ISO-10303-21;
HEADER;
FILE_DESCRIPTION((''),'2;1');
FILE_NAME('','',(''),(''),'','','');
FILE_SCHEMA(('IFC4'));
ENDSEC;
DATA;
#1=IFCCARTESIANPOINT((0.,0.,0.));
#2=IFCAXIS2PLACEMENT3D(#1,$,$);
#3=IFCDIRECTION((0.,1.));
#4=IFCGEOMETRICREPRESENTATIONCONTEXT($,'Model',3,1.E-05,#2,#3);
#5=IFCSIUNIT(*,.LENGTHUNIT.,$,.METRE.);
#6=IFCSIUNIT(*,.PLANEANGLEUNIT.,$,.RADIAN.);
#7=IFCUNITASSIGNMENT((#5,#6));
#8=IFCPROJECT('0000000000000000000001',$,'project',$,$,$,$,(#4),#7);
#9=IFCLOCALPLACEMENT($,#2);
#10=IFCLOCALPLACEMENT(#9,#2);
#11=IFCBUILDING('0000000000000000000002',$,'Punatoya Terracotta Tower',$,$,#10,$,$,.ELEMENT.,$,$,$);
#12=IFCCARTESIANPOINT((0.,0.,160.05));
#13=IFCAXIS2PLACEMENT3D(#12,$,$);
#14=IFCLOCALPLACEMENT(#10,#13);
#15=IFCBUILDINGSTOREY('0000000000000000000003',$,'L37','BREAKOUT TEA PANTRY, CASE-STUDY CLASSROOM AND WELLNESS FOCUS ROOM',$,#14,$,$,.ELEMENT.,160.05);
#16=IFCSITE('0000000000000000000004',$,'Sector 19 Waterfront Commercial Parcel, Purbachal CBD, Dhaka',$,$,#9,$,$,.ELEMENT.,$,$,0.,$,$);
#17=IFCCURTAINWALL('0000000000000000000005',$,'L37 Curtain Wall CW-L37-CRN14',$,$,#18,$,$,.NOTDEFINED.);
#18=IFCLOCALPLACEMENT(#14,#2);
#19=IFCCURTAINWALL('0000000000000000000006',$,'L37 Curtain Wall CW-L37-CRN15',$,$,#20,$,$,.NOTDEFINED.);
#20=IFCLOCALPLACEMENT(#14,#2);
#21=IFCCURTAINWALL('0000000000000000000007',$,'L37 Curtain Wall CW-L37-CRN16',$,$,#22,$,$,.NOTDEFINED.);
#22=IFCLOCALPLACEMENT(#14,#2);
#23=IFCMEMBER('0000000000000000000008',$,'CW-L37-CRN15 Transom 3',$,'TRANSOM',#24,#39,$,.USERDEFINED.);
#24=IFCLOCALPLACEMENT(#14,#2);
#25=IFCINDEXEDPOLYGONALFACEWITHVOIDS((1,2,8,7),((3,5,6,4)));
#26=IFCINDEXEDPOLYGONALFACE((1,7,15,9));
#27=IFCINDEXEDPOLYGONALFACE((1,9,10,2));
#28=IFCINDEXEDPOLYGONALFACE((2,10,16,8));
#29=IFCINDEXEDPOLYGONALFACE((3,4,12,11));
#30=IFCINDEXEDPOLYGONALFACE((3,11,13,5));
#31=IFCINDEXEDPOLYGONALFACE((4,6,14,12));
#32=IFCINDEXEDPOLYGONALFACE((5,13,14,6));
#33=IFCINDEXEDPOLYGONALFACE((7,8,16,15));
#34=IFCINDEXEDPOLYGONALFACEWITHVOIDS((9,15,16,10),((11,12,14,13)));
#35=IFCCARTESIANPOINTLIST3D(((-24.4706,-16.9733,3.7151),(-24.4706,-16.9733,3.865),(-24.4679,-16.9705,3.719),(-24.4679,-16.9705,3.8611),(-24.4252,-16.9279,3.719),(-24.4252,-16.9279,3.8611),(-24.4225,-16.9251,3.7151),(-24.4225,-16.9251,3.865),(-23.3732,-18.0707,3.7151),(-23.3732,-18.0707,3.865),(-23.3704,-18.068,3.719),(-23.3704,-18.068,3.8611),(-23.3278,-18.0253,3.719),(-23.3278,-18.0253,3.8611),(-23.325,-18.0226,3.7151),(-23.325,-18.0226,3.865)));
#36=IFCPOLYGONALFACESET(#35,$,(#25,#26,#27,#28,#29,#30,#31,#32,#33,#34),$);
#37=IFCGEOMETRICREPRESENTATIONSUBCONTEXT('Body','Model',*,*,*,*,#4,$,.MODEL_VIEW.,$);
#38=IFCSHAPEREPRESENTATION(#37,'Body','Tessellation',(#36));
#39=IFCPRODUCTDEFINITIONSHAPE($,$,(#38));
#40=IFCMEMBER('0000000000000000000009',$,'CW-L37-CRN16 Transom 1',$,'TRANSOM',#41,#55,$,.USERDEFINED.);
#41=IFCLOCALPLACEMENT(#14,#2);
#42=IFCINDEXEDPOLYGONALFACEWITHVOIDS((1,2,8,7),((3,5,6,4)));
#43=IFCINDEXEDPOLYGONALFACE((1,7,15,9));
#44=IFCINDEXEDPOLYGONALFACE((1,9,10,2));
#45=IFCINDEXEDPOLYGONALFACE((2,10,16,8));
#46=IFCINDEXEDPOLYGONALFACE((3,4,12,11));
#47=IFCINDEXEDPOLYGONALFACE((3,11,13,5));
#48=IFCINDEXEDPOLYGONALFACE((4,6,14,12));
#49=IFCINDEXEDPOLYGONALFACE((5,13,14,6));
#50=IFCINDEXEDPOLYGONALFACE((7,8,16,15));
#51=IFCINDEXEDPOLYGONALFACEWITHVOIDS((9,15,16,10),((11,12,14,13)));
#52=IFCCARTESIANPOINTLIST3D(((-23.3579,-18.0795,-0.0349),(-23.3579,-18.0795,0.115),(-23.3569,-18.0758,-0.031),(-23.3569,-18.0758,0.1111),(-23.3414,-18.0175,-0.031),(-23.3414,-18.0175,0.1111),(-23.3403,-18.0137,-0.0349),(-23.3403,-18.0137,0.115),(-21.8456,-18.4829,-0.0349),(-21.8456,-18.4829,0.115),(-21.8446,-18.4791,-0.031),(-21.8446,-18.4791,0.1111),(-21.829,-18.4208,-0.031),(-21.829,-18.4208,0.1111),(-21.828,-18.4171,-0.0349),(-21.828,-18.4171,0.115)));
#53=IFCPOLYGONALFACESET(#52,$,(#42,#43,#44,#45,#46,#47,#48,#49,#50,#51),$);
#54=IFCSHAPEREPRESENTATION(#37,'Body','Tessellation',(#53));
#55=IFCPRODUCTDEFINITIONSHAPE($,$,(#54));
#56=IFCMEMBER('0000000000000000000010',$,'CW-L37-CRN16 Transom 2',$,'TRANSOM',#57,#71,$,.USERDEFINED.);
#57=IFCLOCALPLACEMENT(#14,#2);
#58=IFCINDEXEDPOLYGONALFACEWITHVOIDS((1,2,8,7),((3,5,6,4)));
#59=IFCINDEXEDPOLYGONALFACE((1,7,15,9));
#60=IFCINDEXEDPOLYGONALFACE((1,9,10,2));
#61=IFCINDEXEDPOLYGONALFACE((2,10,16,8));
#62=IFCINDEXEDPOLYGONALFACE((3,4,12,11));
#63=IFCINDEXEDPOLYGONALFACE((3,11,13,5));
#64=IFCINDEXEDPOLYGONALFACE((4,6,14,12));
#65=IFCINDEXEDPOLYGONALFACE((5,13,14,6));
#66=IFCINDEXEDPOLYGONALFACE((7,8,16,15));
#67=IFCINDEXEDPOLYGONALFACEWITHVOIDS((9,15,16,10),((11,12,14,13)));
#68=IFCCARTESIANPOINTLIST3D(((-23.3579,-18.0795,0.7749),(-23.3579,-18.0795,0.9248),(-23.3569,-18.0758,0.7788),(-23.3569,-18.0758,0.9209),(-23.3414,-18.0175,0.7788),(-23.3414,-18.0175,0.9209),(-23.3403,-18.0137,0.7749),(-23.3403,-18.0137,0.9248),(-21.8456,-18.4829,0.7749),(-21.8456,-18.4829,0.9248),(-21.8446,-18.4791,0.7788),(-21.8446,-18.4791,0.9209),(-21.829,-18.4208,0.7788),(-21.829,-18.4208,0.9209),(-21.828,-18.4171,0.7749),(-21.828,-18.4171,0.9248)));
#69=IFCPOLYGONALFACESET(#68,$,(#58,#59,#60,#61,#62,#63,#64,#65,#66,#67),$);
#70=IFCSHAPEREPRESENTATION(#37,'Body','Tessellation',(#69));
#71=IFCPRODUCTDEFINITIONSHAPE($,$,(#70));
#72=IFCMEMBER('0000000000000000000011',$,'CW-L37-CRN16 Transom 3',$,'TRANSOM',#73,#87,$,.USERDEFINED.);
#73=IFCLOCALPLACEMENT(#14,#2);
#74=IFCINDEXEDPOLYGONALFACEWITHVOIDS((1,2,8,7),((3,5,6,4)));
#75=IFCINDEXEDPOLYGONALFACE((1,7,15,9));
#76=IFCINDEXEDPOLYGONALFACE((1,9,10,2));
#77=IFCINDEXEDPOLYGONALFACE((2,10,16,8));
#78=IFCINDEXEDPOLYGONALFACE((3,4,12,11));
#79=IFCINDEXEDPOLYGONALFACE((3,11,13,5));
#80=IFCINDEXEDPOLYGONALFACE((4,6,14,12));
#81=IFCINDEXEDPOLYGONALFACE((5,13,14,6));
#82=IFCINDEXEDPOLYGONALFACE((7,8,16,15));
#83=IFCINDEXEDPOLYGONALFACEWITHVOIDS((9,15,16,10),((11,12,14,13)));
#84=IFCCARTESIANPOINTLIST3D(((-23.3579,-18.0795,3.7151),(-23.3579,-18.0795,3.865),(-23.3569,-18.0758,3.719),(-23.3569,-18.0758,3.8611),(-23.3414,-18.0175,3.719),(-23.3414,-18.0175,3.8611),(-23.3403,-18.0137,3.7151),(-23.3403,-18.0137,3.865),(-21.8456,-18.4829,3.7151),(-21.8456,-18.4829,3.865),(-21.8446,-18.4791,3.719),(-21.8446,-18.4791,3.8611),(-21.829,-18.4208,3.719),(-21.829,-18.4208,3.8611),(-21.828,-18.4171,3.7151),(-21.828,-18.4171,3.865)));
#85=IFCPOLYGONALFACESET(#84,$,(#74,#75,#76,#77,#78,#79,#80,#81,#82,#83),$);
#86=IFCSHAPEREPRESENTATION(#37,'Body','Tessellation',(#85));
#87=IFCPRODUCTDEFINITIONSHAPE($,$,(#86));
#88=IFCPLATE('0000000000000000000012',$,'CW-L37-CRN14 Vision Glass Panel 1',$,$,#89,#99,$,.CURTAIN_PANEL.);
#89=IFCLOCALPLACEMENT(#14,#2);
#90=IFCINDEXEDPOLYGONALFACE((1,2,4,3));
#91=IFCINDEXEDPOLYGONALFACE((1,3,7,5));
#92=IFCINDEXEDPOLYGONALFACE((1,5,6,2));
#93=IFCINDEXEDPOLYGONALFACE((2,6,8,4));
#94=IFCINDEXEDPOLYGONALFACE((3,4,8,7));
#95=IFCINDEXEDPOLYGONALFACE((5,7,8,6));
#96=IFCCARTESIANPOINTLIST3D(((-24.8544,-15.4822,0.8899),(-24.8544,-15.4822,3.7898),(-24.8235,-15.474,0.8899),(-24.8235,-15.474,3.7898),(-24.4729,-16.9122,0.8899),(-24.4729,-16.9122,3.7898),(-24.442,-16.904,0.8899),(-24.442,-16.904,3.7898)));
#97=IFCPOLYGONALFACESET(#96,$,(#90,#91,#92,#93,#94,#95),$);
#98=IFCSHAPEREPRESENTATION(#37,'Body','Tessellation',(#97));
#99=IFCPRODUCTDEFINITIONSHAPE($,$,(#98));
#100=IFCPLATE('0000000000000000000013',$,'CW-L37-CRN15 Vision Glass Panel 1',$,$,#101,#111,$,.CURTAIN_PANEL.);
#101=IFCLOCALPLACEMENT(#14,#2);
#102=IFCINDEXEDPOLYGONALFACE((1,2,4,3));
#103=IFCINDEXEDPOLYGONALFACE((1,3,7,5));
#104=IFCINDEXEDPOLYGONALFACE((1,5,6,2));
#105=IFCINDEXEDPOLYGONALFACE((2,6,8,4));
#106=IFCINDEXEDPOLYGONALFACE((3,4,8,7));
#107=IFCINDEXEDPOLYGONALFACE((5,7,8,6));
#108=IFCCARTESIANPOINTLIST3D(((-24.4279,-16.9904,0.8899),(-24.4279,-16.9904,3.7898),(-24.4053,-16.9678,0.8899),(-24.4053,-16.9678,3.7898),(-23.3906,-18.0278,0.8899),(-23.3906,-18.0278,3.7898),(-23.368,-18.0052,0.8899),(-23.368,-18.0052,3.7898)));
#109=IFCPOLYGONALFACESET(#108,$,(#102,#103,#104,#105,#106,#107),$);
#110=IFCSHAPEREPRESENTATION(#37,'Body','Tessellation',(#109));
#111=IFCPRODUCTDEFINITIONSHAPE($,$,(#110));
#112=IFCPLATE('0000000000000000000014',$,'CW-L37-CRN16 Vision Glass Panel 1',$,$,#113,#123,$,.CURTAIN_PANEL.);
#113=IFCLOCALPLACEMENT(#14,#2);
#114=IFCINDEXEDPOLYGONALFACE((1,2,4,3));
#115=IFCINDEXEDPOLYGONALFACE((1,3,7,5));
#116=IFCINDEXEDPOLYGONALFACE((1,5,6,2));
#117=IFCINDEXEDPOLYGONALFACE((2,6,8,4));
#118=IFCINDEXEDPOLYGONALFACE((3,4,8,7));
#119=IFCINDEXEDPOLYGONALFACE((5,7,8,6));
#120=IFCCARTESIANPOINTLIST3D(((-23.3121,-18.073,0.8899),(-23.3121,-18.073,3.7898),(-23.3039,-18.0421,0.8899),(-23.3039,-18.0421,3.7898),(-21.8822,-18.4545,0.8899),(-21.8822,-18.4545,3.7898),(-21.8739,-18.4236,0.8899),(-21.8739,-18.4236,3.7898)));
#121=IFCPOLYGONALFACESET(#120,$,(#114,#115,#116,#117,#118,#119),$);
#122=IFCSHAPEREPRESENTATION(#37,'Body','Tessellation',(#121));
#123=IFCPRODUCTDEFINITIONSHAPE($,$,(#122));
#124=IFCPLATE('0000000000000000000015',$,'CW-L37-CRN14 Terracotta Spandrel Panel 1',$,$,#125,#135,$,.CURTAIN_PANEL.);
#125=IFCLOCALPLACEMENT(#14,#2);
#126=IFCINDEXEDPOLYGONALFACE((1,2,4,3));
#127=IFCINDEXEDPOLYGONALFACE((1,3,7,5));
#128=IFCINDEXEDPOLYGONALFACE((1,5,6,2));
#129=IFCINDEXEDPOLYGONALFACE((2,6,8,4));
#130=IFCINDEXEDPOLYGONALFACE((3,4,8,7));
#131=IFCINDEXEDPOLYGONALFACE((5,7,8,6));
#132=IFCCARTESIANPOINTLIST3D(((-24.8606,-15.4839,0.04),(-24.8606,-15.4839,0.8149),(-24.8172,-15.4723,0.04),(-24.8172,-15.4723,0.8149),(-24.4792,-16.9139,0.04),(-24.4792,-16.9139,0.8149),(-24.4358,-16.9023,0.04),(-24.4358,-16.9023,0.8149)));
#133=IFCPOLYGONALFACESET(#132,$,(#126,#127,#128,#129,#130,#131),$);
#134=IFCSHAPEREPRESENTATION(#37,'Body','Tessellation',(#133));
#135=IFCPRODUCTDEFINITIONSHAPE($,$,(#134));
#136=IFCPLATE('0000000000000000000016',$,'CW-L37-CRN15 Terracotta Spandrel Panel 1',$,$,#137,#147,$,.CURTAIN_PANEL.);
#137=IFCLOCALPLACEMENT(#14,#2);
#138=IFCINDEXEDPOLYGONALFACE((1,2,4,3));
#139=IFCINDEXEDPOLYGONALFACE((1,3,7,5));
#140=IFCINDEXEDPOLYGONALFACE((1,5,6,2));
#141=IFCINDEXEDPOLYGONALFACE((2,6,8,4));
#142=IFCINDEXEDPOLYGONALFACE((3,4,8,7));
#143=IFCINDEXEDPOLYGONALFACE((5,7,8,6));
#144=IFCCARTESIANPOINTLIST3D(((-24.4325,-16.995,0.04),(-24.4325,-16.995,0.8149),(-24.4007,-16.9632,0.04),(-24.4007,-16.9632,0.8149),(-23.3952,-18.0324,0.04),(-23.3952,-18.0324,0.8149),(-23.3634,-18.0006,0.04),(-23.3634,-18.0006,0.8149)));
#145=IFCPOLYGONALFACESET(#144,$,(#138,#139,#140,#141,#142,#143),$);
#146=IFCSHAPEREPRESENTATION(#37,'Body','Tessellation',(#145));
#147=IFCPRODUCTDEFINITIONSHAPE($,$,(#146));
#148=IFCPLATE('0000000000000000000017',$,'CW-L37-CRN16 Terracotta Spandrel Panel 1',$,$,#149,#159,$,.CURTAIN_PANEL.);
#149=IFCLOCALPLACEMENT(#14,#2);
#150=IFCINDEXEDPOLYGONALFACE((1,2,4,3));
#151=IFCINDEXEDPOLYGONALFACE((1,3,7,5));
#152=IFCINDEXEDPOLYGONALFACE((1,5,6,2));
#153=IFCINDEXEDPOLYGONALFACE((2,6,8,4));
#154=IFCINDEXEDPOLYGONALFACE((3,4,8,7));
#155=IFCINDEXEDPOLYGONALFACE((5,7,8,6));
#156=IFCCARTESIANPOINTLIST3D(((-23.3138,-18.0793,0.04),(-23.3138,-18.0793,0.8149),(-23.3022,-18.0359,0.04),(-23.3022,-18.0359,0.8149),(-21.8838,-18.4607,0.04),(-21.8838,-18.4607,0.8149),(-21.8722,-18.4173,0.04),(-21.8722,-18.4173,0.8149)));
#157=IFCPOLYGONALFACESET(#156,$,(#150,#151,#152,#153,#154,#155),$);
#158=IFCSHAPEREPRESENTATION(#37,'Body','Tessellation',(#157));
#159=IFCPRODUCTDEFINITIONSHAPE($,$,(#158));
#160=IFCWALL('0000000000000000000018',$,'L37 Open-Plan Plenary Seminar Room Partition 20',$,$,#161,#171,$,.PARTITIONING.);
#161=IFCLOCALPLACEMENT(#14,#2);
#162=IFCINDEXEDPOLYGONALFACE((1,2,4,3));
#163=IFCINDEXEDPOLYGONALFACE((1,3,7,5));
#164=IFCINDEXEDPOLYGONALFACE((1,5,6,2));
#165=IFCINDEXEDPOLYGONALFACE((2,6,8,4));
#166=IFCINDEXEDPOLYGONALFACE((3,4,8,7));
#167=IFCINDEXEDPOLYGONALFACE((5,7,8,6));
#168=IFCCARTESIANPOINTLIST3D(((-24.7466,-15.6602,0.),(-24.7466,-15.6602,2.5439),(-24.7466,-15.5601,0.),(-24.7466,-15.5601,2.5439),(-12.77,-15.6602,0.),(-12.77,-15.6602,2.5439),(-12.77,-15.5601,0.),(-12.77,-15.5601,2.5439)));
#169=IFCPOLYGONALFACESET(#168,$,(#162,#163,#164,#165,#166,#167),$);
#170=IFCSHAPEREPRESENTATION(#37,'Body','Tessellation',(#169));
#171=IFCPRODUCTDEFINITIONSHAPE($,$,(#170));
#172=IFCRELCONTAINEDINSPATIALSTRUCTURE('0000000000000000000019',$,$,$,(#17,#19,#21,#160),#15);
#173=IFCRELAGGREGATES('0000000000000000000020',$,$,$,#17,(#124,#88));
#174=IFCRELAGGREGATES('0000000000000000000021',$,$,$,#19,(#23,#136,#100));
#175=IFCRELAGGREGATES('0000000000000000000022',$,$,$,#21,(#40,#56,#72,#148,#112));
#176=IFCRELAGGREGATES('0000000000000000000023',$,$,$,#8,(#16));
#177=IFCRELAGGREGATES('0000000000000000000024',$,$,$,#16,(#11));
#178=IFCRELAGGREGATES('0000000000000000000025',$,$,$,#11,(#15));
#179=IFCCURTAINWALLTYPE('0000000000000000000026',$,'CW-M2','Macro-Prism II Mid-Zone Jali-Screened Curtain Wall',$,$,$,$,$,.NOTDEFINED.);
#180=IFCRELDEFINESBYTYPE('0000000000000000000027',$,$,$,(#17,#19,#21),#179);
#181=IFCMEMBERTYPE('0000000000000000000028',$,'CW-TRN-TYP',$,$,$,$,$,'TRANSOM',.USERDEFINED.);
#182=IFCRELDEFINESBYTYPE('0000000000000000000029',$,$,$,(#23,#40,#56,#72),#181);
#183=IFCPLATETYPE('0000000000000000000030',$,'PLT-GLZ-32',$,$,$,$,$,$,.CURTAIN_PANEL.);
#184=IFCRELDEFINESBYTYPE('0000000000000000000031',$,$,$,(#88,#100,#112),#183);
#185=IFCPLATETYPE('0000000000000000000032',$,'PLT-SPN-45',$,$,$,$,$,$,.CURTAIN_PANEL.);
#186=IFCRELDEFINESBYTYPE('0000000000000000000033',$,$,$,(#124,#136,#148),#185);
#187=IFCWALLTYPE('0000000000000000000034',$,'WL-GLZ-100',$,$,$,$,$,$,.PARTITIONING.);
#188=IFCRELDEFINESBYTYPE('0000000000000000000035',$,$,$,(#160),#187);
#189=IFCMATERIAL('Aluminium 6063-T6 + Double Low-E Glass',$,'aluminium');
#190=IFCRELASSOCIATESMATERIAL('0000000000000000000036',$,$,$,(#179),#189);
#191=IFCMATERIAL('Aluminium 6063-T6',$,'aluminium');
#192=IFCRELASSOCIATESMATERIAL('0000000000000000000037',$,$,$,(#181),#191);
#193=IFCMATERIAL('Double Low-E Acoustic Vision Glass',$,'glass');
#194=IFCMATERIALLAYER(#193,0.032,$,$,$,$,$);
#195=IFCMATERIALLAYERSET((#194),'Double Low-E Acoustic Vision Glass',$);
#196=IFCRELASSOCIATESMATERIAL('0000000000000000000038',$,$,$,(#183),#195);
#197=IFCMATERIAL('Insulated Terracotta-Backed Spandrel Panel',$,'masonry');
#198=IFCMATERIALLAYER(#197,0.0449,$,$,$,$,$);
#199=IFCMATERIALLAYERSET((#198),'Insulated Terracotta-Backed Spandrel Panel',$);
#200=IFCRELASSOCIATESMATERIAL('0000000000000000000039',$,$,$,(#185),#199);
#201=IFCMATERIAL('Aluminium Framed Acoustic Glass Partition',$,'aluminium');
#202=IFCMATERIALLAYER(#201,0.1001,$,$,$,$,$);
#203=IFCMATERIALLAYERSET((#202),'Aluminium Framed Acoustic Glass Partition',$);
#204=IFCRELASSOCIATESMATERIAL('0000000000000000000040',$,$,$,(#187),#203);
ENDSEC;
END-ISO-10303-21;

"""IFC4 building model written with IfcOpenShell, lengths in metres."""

from ifc_helpers import new_model, si_unit, direction, frame, frame_2d, origin, origin_2d, place, context, subcontext, project, spatial, rectangle, hollow_rectangle, extrude, material, layer, layer_set, material_profile, profile_set, type_object, element, aggregate, save


model = new_model("IFC4")

# Units and contexts
model_context = context("Model", 3, precision=1e-05, world=origin(), true_north=direction((0.0, 1.0)))
body_context = subcontext(model_context, "Body", "Model", "MODEL_VIEW")
ifc_project = project(units=[si_unit("LENGTHUNIT", "METRE"), si_unit("PLANEANGLEUNIT", "RADIAN")], contexts=[model_context])

# Site, building, storey
site_placement = place(None, origin())
site = spatial("IfcSite", under=ifc_project, at=site_placement, Name="Sector 19 Waterfront Commercial Parcel, Purbachal CBD, Dhaka", CompositionType="ELEMENT", RefElevation=0.0)
building_placement = place(site_placement, origin())
building = spatial("IfcBuilding", under=site, at=building_placement, Name="Punatoya Terracotta Tower", CompositionType="ELEMENT")
storey_placement = place(building_placement, frame((0.0, 0.0, 160.05)))
storey = spatial("IfcBuildingStorey", under=building, at=storey_placement, Name="L37", Description="BREAKOUT TEA PANTRY, CASE-STUDY CLASSROOM AND WELLNESS FOCUS ROOM", CompositionType="ELEMENT", Elevation=160.05)

# Shared definitions
ifc_material_1 = material(Name="Aluminium 6063-T6 + Double Low-E Glass", Category="aluminium")
curtain_wall_type = type_object("IfcCurtainWallType", Name="CW-M2", Description="Macro-Prism II Mid-Zone Jali-Screened Curtain Wall", PredefinedType="NOTDEFINED", material=ifc_material_1)
ifc_material_2 = material(Name="Aluminium 6063-T6", Category="aluminium")

# Curtain walls
curtain_wall_1_placement = place(storey_placement, origin())
curtain_wall_1 = element("IfcCurtainWall", 1, at=curtain_wall_1_placement, inside=storey, type_object=curtain_wall_type, Name="L37 Curtain Wall CW-L37-CRN14", PredefinedType="NOTDEFINED")
curtain_wall_2_placement = place(storey_placement, origin())
curtain_wall_2 = element("IfcCurtainWall", 2, at=curtain_wall_2_placement, inside=storey, type_object=curtain_wall_type, Name="L37 Curtain Wall CW-L37-CRN15", PredefinedType="NOTDEFINED")
curtain_wall_3_placement = place(storey_placement, origin())
curtain_wall_3 = element("IfcCurtainWall", 3, at=curtain_wall_3_placement, inside=storey, type_object=curtain_wall_type, Name="L37 Curtain Wall CW-L37-CRN16", PredefinedType="NOTDEFINED")

# Members
ifc_material_profile_1 = material_profile(ifc_material_2, hollow_rectangle(XDim=0.0681, YDim=0.1499, WallThickness=0.0039, at=origin_2d()))
ifc_profile_set_1 = profile_set([ifc_material_profile_1], Name="Aluminium 6063-T6")
member_type_1 = type_object("IfcMemberType", Name="CW-TRN-TYP", ElementType="TRANSOM", PredefinedType="USERDEFINED", material=ifc_profile_set_1)
member_1_placement = place(storey_placement, frame((-24.4465, -16.9492, 3.79), z_axis=(0.707107, -0.707107, 0.0), x_axis=(0.707107, 0.707107, 0.0)))
member_1 = element("IfcMember", 4, at=member_1_placement, type_object=member_type_1, Name="CW-L37-CRN15 Transom 3", ObjectType="TRANSOM", PredefinedType="USERDEFINED", context=body_context, shape_type="SweptSolid", body=[
    extrude(hollow_rectangle(XDim=0.0681, YDim=0.1499, WallThickness=0.0039, at=origin_2d()), origin(), (0.0, 0.0, 1.0), 1.552),
])
member_2_placement = place(storey_placement, frame((-23.3491, -18.0466, 0.04), z_axis=(0.966225, -0.257701, 0.0), x_axis=(0.257701, 0.966225, 0.0)))
member_2 = element("IfcMember", 5, at=member_2_placement, type_object=member_type_1, Name="CW-L37-CRN16 Transom 1", ObjectType="TRANSOM", PredefinedType="USERDEFINED", context=body_context, shape_type="SweptSolid", body=[
    extrude(hollow_rectangle(XDim=0.0681, YDim=0.1499, WallThickness=0.0039, at=origin_2d()), origin(), (0.0, 0.0, 1.0), 1.5652),
])
member_3_placement = place(storey_placement, frame((-23.3491, -18.0466, 0.8499), z_axis=(0.966225, -0.257701, 0.0), x_axis=(0.257701, 0.966225, 0.0)))
member_3 = element("IfcMember", 6, at=member_3_placement, type_object=member_type_1, Name="CW-L37-CRN16 Transom 2", ObjectType="TRANSOM", PredefinedType="USERDEFINED", context=body_context, shape_type="SweptSolid", body=[
    extrude(hollow_rectangle(XDim=0.0681, YDim=0.1499, WallThickness=0.0039, at=origin_2d()), origin(), (0.0, 0.0, 1.0), 1.5652),
])
member_4_placement = place(storey_placement, frame((-23.3491, -18.0466, 3.79), z_axis=(0.966225, -0.257701, 0.0), x_axis=(0.257701, 0.966225, 0.0)))
member_4 = element("IfcMember", 7, at=member_4_placement, type_object=member_type_1, Name="CW-L37-CRN16 Transom 3", ObjectType="TRANSOM", PredefinedType="USERDEFINED", context=body_context, shape_type="SweptSolid", body=[
    extrude(hollow_rectangle(XDim=0.0681, YDim=0.1499, WallThickness=0.0039, at=origin_2d()), origin(), (0.0, 0.0, 1.0), 1.5652),
])

# Plates
ifc_material_3 = material(Name="Double Low-E Acoustic Vision Glass", Category="glass")
ifc_layer_1 = layer(ifc_material_3, 0.032)
ifc_layer_set_1 = layer_set([ifc_layer_1], Name="Double Low-E Acoustic Vision Glass")
plate_type_1 = type_object("IfcPlateType", Name="PLT-GLZ-32", PredefinedType="CURTAIN_PANEL", material=ifc_layer_set_1)
plate_1_placement = place(storey_placement, frame((-24.6482, -16.1931, 0.8899), z_axis=(0.0, 0.0, 1.0), x_axis=(0.257742, -0.966214, 0.0)))
plate_1 = element("IfcPlate", 8, at=plate_1_placement, type_object=plate_type_1, Name="CW-L37-CRN14 Vision Glass Panel 1", PredefinedType="CURTAIN_PANEL", context=body_context, shape_type="SweptSolid", body=[
    extrude(rectangle(XDim=1.48, YDim=0.032, at=origin_2d()), origin(), (0.0, 0.0, 1.0), 2.8999),
])
plate_2_placement = place(storey_placement, frame((-23.8979, -17.4978, 0.8899), z_axis=(0.0, 0.0, 1.0), x_axis=(0.707107, -0.707107, 0.0)))
plate_2 = element("IfcPlate", 9, at=plate_2_placement, type_object=plate_type_1, Name="CW-L37-CRN15 Vision Glass Panel 1", PredefinedType="CURTAIN_PANEL", context=body_context, shape_type="SweptSolid", body=[
    extrude(rectangle(XDim=1.467, YDim=0.032, at=origin_2d()), origin(), (0.0, 0.0, 1.0), 2.8999),
])
plate_3_placement = place(storey_placement, frame((-22.593, -18.2483, 0.8899), z_axis=(0.0, 0.0, 1.0), x_axis=(0.966214, -0.257742, 0.0)))
plate_3 = element("IfcPlate", 10, at=plate_3_placement, type_object=plate_type_1, Name="CW-L37-CRN16 Vision Glass Panel 1", PredefinedType="CURTAIN_PANEL", context=body_context, shape_type="SweptSolid", body=[
    extrude(rectangle(XDim=1.48, YDim=0.032, at=origin_2d()), origin(), (0.0, 0.0, 1.0), 2.8999),
])
ifc_material_4 = material(Name="Insulated Terracotta-Backed Spandrel Panel", Category="masonry")
ifc_layer_2 = layer(ifc_material_4, 0.0449)
ifc_layer_set_2 = layer_set([ifc_layer_2], Name="Insulated Terracotta-Backed Spandrel Panel")
plate_type_2 = type_object("IfcPlateType", Name="PLT-SPN-45", PredefinedType="CURTAIN_PANEL", material=ifc_layer_set_2)
plate_4_placement = place(storey_placement, frame((-24.6482, -16.1931, 0.04), z_axis=(0.0, 0.0, 1.0), x_axis=(0.257742, -0.966214, 0.0)))
plate_4 = element("IfcPlate", 11, at=plate_4_placement, type_object=plate_type_2, Name="CW-L37-CRN14 Terracotta Spandrel Panel 1", PredefinedType="CURTAIN_PANEL", context=body_context, shape_type="SweptSolid", body=[
    extrude(rectangle(XDim=1.48, YDim=0.0449, at=origin_2d()), origin(), (0.0, 0.0, 1.0), 0.7749),
])
aggregate(curtain_wall_1, [plate_4, plate_1])
plate_5_placement = place(storey_placement, frame((-23.8979, -17.4978, 0.04), z_axis=(0.0, 0.0, 1.0), x_axis=(0.707107, -0.707107, 0.0)))
plate_5 = element("IfcPlate", 12, at=plate_5_placement, type_object=plate_type_2, Name="CW-L37-CRN15 Terracotta Spandrel Panel 1", PredefinedType="CURTAIN_PANEL", context=body_context, shape_type="SweptSolid", body=[
    extrude(rectangle(XDim=1.467, YDim=0.0449, at=origin_2d()), origin(), (0.0, 0.0, 1.0), 0.7749),
])
aggregate(curtain_wall_2, [member_1, plate_5, plate_2])
plate_6_placement = place(storey_placement, frame((-22.593, -18.2483, 0.04), z_axis=(0.0, 0.0, 1.0), x_axis=(0.966214, -0.257742, 0.0)))
plate_6 = element("IfcPlate", 13, at=plate_6_placement, type_object=plate_type_2, Name="CW-L37-CRN16 Terracotta Spandrel Panel 1", PredefinedType="CURTAIN_PANEL", context=body_context, shape_type="SweptSolid", body=[
    extrude(rectangle(XDim=1.48, YDim=0.0449, at=origin_2d()), origin(), (0.0, 0.0, 1.0), 0.7749),
])
aggregate(curtain_wall_3, [member_2, member_3, member_4, plate_6, plate_3])

# Wall
ifc_material_5 = material(Name="Aluminium Framed Acoustic Glass Partition", Category="aluminium")
ifc_layer_3 = layer(ifc_material_5, 0.1001)
ifc_layer_set_3 = layer_set([ifc_layer_3], Name="Aluminium Framed Acoustic Glass Partition")
wall_type = type_object("IfcWallType", Name="WL-GLZ-100", PredefinedType="PARTITIONING", material=ifc_layer_set_3)
wall_placement = place(storey_placement, frame((-24.7466, -15.6101, 0.0), z_axis=(0.0, 0.0, 1.0), x_axis=(1.0, 0.0, 0.0)))
element("IfcWall", 14, at=wall_placement, inside=storey, type_object=wall_type, Name="L37 Open-Plan Plenary Seminar Room Partition 20", PredefinedType="PARTITIONING", context=body_context, shape_type="SweptSolid", body=[
    extrude(rectangle(XDim=11.9766, YDim=0.1001, at=frame_2d((5.9883, 0.0))), origin(), (0.0, 0.0, 1.0), 2.5439),
])

save(model, "model.ifc")
